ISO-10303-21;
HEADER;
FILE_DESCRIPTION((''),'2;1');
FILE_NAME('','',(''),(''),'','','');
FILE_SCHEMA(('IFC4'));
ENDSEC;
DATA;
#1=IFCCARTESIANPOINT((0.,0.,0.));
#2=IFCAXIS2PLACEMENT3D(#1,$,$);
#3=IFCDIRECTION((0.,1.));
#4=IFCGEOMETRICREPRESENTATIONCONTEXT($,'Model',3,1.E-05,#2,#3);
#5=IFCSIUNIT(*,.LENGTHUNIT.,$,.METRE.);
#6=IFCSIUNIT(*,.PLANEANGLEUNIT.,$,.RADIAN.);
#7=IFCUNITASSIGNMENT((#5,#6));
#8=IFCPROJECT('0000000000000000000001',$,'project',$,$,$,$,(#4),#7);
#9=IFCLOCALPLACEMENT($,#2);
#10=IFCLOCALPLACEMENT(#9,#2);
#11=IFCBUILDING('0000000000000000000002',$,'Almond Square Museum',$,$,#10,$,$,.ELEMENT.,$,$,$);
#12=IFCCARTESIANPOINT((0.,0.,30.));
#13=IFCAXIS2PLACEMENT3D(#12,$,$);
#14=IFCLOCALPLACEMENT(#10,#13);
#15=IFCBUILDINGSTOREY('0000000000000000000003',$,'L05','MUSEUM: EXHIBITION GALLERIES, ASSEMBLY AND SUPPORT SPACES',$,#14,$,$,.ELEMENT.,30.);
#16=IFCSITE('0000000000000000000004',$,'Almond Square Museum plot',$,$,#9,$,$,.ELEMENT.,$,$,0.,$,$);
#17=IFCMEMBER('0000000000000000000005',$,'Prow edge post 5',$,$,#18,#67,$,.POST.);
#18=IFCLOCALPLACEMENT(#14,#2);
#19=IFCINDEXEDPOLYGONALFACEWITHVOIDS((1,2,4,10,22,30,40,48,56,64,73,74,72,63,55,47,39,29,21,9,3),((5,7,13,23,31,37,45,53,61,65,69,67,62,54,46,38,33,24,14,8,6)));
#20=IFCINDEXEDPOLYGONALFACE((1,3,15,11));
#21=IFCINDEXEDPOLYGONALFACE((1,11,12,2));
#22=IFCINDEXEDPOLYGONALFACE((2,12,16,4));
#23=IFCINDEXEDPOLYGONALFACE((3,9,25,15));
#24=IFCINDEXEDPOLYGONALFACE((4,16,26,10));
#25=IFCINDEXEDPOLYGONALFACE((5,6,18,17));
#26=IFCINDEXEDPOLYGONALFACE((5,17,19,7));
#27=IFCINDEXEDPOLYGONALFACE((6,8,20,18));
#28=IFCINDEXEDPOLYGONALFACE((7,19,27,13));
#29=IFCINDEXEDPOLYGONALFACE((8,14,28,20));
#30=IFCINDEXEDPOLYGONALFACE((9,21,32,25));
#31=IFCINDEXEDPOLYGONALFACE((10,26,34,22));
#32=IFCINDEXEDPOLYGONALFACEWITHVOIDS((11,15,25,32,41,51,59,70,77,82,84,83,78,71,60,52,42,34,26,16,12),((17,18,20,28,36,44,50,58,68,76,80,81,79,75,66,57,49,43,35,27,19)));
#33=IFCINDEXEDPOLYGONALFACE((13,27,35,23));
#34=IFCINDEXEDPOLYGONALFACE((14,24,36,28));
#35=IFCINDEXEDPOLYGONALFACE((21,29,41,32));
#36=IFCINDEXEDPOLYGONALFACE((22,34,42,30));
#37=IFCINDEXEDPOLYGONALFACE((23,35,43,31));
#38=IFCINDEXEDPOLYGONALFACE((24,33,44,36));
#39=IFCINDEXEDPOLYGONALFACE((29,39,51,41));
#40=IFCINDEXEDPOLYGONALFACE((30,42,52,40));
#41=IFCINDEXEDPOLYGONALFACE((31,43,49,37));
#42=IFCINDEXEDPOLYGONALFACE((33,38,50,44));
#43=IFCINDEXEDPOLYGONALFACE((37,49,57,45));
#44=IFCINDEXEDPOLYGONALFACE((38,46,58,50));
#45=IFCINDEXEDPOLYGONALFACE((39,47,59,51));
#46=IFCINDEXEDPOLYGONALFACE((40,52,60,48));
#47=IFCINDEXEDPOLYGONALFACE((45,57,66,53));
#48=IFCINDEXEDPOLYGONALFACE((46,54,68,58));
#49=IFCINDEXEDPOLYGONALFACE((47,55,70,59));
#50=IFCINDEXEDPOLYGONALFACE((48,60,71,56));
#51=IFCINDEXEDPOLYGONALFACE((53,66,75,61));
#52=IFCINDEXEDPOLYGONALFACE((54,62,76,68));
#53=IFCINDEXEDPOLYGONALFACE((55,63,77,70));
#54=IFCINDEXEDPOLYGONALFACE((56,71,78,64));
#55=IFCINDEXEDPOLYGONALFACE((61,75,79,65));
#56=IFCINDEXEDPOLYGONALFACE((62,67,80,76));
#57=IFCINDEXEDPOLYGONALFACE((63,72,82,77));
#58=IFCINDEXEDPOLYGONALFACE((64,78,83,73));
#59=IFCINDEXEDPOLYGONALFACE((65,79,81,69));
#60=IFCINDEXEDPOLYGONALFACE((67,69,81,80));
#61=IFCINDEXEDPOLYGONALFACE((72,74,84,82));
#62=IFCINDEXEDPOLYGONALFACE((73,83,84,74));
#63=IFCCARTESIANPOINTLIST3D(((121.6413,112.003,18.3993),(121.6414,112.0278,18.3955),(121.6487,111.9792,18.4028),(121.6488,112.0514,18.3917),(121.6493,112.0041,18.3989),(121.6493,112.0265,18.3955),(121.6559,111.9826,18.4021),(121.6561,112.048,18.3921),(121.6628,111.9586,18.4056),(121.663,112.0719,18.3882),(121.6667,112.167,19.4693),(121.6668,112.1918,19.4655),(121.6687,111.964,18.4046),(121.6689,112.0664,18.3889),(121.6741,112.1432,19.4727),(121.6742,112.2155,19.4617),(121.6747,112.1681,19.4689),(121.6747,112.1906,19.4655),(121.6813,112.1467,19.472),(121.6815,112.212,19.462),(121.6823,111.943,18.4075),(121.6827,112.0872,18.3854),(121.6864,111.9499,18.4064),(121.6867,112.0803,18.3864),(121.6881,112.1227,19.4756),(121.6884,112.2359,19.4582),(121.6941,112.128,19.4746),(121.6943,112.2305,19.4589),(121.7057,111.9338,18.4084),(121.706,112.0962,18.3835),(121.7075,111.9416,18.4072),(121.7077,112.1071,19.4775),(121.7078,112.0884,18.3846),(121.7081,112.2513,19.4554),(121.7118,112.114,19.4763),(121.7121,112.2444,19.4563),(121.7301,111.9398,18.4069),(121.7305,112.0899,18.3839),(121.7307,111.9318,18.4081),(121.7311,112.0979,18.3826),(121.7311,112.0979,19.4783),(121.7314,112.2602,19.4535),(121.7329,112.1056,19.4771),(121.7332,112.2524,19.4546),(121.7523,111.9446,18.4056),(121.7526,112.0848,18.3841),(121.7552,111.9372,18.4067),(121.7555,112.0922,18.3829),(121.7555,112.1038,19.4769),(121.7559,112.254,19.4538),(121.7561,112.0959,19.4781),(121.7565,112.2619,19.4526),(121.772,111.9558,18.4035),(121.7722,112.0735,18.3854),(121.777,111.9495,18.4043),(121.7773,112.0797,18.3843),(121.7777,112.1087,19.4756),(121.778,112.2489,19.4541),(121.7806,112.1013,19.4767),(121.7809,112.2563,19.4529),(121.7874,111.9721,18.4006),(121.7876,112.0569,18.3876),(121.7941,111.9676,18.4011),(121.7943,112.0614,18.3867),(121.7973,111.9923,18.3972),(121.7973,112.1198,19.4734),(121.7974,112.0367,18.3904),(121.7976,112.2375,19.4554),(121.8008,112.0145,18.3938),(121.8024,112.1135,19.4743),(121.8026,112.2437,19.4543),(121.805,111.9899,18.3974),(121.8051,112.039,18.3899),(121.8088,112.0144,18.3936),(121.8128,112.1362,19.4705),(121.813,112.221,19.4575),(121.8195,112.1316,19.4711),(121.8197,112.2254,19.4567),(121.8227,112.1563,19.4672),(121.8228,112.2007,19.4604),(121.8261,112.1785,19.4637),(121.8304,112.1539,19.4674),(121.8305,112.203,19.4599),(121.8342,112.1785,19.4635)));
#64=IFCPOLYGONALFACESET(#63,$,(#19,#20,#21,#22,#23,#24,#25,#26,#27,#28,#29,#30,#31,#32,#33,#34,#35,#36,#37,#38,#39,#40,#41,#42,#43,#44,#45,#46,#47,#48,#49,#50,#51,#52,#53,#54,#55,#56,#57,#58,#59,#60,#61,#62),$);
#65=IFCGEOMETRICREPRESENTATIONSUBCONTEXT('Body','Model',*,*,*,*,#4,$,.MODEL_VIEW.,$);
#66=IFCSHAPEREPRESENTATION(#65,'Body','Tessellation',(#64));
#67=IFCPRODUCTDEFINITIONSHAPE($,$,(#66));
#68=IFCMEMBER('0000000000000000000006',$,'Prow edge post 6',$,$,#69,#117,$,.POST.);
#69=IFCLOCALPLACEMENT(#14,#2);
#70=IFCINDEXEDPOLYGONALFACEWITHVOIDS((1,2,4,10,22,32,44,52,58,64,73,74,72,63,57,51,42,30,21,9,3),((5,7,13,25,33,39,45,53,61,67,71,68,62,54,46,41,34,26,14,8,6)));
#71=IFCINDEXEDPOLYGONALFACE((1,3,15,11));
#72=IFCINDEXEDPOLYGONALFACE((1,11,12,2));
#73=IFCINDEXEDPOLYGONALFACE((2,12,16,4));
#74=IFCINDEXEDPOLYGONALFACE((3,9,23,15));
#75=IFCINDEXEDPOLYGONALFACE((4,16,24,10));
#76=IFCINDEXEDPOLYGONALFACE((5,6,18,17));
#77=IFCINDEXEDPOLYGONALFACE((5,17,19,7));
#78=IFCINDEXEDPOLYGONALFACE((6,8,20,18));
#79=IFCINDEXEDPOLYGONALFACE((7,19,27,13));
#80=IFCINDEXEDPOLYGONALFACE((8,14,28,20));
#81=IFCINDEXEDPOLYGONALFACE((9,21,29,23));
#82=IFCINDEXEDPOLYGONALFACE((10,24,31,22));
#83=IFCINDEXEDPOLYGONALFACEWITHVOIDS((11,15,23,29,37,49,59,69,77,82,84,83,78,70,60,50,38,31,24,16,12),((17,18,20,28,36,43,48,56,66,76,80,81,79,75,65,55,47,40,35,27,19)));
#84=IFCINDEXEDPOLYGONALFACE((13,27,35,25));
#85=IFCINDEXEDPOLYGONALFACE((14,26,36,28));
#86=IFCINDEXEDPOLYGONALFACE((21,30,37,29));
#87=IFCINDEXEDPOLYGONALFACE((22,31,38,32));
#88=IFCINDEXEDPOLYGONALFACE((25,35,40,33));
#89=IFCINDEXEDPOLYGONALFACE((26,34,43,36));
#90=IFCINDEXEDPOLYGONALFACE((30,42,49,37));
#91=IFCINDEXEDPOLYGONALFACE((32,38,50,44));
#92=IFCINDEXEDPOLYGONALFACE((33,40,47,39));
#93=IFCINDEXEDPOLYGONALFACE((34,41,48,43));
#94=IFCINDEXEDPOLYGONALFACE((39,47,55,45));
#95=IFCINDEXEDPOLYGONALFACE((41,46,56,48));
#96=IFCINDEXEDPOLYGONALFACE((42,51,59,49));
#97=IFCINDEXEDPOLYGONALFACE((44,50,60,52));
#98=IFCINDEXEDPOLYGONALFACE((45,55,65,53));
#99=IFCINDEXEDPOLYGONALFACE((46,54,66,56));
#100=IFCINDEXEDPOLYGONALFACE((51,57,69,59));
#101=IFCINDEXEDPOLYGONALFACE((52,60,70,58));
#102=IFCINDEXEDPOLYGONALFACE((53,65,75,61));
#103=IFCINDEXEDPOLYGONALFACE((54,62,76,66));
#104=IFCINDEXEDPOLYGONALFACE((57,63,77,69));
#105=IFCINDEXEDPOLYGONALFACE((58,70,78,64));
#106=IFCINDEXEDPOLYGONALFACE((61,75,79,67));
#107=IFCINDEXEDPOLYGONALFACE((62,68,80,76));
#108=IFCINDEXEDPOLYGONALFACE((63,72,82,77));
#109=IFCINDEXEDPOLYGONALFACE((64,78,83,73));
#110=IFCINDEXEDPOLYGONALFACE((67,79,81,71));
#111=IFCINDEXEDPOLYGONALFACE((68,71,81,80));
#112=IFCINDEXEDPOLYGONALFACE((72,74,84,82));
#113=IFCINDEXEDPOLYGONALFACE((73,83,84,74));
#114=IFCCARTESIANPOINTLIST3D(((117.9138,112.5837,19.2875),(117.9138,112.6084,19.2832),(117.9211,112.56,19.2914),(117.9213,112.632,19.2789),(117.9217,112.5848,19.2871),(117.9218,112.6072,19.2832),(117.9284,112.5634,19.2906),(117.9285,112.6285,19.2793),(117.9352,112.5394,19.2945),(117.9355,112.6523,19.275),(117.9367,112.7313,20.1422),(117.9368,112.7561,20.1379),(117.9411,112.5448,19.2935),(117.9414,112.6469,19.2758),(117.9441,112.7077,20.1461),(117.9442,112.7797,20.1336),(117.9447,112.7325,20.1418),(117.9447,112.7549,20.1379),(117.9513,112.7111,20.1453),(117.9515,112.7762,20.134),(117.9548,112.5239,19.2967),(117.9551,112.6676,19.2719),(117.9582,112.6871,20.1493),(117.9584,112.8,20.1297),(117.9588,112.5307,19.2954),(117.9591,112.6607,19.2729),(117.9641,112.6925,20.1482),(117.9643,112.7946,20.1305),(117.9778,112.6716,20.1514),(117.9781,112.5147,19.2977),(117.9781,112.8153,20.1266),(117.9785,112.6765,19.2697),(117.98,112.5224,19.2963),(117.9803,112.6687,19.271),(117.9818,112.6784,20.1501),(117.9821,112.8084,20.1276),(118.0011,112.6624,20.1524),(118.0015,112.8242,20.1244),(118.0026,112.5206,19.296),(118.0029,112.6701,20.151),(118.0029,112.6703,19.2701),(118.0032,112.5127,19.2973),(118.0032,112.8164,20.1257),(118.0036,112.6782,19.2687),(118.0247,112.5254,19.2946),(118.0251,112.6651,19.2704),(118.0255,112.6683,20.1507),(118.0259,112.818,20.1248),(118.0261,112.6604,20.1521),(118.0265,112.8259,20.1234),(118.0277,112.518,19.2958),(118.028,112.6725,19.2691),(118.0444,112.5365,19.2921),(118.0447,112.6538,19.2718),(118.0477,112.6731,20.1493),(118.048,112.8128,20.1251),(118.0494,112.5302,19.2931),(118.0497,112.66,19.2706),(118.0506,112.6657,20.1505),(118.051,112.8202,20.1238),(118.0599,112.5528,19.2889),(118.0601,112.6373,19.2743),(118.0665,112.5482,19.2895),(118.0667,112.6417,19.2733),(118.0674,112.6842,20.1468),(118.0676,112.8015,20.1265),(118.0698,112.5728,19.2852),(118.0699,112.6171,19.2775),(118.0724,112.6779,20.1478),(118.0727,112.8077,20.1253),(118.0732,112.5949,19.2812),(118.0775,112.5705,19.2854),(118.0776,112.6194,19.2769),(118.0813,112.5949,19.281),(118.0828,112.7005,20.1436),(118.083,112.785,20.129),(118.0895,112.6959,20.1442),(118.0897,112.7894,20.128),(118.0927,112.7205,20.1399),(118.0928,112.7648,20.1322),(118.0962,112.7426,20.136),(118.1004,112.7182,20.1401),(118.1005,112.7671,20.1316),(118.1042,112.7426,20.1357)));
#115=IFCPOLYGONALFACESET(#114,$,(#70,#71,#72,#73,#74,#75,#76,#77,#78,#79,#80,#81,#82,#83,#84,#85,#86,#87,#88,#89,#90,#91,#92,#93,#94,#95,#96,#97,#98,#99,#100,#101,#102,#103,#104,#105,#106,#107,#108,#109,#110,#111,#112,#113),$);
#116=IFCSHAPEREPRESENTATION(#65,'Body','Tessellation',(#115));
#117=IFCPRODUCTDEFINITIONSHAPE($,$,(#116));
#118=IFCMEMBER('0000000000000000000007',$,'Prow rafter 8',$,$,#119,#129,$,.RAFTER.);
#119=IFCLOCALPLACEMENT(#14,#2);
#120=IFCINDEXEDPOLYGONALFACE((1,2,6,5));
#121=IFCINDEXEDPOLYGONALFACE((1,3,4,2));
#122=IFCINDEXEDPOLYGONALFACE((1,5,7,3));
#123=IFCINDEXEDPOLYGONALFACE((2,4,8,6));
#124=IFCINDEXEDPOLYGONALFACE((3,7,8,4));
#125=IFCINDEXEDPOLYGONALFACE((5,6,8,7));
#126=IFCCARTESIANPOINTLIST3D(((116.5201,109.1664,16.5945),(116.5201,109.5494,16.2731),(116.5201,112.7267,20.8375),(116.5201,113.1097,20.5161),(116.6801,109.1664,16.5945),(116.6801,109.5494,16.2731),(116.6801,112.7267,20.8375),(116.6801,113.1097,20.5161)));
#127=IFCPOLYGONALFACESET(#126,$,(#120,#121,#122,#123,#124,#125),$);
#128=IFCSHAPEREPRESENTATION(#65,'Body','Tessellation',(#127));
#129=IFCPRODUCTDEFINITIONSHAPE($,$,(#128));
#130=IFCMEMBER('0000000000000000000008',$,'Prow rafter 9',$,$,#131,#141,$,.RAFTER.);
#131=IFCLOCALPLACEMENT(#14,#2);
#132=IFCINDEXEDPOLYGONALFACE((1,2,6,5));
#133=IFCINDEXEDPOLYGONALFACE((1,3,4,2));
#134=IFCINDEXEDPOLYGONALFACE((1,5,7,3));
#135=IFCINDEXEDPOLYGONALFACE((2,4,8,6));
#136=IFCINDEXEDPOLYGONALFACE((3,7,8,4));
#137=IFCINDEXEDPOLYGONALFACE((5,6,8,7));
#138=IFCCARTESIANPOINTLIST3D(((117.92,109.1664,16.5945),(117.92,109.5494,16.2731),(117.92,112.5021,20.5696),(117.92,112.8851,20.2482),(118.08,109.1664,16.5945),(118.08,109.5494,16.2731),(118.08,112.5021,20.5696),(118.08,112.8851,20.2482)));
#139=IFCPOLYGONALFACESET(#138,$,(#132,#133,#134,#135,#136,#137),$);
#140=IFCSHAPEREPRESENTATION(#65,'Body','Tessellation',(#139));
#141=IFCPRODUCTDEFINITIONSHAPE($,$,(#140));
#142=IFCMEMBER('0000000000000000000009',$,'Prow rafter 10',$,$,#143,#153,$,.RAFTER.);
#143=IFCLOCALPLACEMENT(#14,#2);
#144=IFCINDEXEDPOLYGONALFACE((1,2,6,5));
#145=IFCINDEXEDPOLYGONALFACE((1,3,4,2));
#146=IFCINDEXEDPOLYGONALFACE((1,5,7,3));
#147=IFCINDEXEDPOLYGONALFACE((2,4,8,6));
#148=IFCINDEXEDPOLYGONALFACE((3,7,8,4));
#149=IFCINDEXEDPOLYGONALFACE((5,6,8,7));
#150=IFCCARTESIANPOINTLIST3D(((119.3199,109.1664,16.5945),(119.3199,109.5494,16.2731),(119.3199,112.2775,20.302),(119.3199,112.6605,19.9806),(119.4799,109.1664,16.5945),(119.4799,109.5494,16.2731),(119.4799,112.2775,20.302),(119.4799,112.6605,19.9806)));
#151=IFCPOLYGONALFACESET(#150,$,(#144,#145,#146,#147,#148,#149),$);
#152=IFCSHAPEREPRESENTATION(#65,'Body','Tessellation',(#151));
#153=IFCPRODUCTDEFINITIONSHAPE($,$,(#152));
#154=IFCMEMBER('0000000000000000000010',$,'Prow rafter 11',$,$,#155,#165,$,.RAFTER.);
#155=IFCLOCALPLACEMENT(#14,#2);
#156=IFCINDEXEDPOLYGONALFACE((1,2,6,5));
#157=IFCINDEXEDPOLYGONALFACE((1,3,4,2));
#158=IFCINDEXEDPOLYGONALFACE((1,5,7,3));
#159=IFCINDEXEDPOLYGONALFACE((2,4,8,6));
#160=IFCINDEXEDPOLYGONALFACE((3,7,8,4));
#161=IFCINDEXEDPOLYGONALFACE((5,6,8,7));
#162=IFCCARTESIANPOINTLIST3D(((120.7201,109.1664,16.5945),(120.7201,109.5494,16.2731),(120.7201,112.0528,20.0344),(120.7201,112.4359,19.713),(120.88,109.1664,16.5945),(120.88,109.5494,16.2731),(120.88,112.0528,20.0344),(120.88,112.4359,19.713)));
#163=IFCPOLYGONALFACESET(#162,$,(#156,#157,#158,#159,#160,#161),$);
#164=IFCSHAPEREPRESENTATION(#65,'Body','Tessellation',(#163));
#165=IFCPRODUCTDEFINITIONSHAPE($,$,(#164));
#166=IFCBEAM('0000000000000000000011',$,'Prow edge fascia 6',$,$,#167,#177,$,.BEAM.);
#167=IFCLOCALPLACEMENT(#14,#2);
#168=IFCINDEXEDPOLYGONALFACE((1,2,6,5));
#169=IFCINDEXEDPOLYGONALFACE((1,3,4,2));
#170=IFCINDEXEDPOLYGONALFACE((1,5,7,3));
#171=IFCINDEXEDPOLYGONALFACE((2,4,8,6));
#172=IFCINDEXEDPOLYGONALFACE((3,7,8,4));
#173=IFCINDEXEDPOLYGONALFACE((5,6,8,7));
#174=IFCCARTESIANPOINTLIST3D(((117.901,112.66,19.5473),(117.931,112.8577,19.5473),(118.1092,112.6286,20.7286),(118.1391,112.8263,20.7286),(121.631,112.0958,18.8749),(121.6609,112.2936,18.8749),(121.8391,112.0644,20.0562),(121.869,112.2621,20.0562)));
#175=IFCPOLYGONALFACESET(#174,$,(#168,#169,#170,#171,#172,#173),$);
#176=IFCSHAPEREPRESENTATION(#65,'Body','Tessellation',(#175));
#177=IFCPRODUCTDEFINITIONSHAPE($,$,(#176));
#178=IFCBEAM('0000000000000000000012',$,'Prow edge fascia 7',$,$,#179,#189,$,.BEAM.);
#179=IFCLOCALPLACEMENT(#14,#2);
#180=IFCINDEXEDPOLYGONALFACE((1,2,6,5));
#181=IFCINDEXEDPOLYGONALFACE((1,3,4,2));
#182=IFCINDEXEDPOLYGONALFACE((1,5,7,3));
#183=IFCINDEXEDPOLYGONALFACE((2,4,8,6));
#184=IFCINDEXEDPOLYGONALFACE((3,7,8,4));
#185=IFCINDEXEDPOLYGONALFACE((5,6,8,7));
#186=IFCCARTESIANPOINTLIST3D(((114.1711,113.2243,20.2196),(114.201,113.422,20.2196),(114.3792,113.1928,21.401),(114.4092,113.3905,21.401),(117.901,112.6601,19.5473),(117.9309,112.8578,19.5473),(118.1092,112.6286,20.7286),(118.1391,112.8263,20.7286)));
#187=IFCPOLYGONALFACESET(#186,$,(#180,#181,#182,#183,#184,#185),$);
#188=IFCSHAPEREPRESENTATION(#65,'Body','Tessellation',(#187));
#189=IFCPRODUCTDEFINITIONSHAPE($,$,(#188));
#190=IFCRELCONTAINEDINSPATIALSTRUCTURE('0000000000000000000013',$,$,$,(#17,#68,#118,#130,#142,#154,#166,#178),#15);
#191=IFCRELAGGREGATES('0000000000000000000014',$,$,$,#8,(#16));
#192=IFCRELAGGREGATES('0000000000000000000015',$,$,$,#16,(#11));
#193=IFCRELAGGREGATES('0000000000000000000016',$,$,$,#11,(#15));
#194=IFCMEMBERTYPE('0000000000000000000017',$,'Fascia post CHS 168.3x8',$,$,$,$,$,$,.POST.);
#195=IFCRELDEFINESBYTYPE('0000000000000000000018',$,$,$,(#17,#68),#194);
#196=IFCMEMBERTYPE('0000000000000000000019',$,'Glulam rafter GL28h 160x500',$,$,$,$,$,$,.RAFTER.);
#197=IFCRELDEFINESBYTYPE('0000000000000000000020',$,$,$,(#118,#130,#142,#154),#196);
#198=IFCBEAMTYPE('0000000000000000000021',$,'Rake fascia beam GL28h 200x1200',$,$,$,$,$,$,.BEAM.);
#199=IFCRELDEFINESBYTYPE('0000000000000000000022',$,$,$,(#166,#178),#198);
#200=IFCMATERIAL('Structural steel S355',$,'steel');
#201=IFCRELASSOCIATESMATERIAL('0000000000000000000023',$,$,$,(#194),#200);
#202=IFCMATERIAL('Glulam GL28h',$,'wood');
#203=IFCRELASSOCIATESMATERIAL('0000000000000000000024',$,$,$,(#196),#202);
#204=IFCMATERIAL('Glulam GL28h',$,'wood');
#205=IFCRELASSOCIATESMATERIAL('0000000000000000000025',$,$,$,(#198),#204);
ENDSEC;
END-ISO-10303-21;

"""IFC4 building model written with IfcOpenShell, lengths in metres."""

from ifc_helpers import new_model, si_unit, direction, frame, origin, origin_2d, place, context, subcontext, project, spatial, rectangle, hollow_circle, extrude, material, material_profile, profile_set, type_object, element, save


model = new_model("IFC4")

# Units and contexts
model_context = context("Model", 3, precision=1e-05, world=origin(), true_north=direction((0.0, 1.0)))
body_context = subcontext(model_context, "Body", "Model", "MODEL_VIEW")
ifc_project = project(units=[si_unit("LENGTHUNIT", "METRE"), si_unit("PLANEANGLEUNIT", "RADIAN")], contexts=[model_context])

# Site, building, storey
site_placement = place(None, origin())
site = spatial("IfcSite", under=ifc_project, at=site_placement, Name="Almond Square Museum plot", CompositionType="ELEMENT", RefElevation=0.0)
building_placement = place(site_placement, origin())
building = spatial("IfcBuilding", under=site, at=building_placement, Name="Almond Square Museum", CompositionType="ELEMENT")
storey_placement = place(building_placement, frame((0.0, 0.0, 30.0)))
storey = spatial("IfcBuildingStorey", under=building, at=storey_placement, Name="L05", Description="MUSEUM: EXHIBITION GALLERIES, ASSEMBLY AND SUPPORT SPACES", CompositionType="ELEMENT", Elevation=30.0)

# Members
ifc_material_1 = material(Name="Structural steel S355", Category="steel")
ifc_material_profile_1 = material_profile(ifc_material_1, hollow_circle(Radius=0.0842, WallThickness=0.0081, at=origin_2d()))
ifc_profile_set_1 = profile_set([ifc_material_profile_1], Name="Structural steel S355")
member_type_1 = type_object("IfcMemberType", Name="Fascia post CHS 168.3x8", PredefinedType="POST", material=ifc_profile_set_1)
member_1_placement = place(storey_placement, frame((121.7246, 112.0149, 18.3955), z_axis=(0.023448, 0.151507, 0.988178), x_axis=(-0.988235, 0.152941, 0.0)))
element("IfcMember", 1, at=member_1_placement, inside=storey, type_object=member_type_1, Name="Prow edge post 5", PredefinedType="POST", context=body_context, shape_type="SweptSolid", body=[
    extrude(hollow_circle(Radius=0.0842, WallThickness=0.0081, at=origin_2d()), origin(), (0.0, 0.0, 1.0), 1.0828),
])
member_2_placement = place(storey_placement, frame((117.9971, 112.5955, 19.2832), z_axis=(0.026448, 0.170224, 0.98505), x_axis=(-0.988144, 0.15353, 0.0)))
element("IfcMember", 2, at=member_2_placement, inside=storey, type_object=member_type_1, Name="Prow edge post 6", PredefinedType="POST", context=body_context, shape_type="SweptSolid", body=[
    extrude(hollow_circle(Radius=0.0842, WallThickness=0.0081, at=origin_2d()), origin(), (0.0, 0.0, 1.0), 0.8677),
])
ifc_material_2 = material(Name="Glulam GL28h", Category="wood")
ifc_material_profile_2 = material_profile(ifc_material_2, rectangle(XDim=0.1599, YDim=0.5, at=origin_2d()))
ifc_profile_set_2 = profile_set([ifc_material_profile_2], Name="Glulam GL28h")
member_type_2 = type_object("IfcMemberType", Name="Glulam rafter GL28h 160x500", PredefinedType="RAFTER", material=ifc_profile_set_2)
member_3_placement = place(storey_placement, frame((116.6001, 109.3579, 16.4338), z_axis=(0.0, 0.642795, 0.766038), x_axis=(-1.0, 0.0, 0.0)))
element("IfcMember", 3, at=member_3_placement, inside=storey, type_object=member_type_2, Name="Prow rafter 8", PredefinedType="RAFTER", context=body_context, shape_type="SweptSolid", body=[
    extrude(rectangle(XDim=0.1599, YDim=0.5, at=origin_2d()), origin(), (0.0, 0.0, 1.0), 5.5388),
])
member_4_placement = place(storey_placement, frame((118.0, 109.3579, 16.4338), z_axis=(0.0, 0.642809, 0.766026), x_axis=(-1.0, 0.0, 0.0)))
element("IfcMember", 4, at=member_4_placement, inside=storey, type_object=member_type_2, Name="Prow rafter 9", PredefinedType="RAFTER", context=body_context, shape_type="SweptSolid", body=[
    extrude(rectangle(XDim=0.1599, YDim=0.5, at=origin_2d()), origin(), (0.0, 0.0, 1.0), 5.1892),
])
member_5_placement = place(storey_placement, frame((119.3999, 109.3579, 16.4338), z_axis=(0.0, 0.6428, 0.766034), x_axis=(-1.0, 0.0, 0.0)))
element("IfcMember", 5, at=member_5_placement, inside=storey, type_object=member_type_2, Name="Prow rafter 10", PredefinedType="RAFTER", context=body_context, shape_type="SweptSolid", body=[
    extrude(rectangle(XDim=0.1599, YDim=0.5, at=origin_2d()), origin(), (0.0, 0.0, 1.0), 4.8398),
])
member_6_placement = place(storey_placement, frame((120.8, 109.3579, 16.4338), z_axis=(0.0, 0.64279, 0.766042), x_axis=(-1.0, 0.0, 0.0)))
element("IfcMember", 6, at=member_6_placement, inside=storey, type_object=member_type_2, Name="Prow rafter 11", PredefinedType="RAFTER", context=body_context, shape_type="SweptSolid", body=[
    extrude(rectangle(XDim=0.1599, YDim=0.5, at=origin_2d()), origin(), (0.0, 0.0, 1.0), 4.4905),
])

# Beams
ifc_material_3 = material(Name="Glulam GL28h", Category="wood")
ifc_material_profile_3 = material_profile(ifc_material_3, rectangle(XDim=0.2, YDim=1.2, at=origin_2d()))
ifc_profile_set_3 = profile_set([ifc_material_profile_3], Name="Glulam GL28h")
beam_type = type_object("IfcBeamType", Name="Rake fascia beam GL28h 200x1200", PredefinedType="BEAM", material=ifc_profile_set_3)
for number, where, z_axis, x_axis, name in (
    (7, (121.75, 112.179, 19.4656), (-0.973412, 0.147242, 0.175467), (-0.149562, -0.988752, 0.0), "Prow edge fascia 6"),
    (8, (118.02, 112.7432, 20.1379), (-0.973412, 0.147242, 0.175467), (-0.149562, -0.988752, 0.0), "Prow edge fascia 7"),
):
    element("IfcBeam", number, at=place(storey_placement, frame(where, z_axis=z_axis, x_axis=x_axis)), inside=storey, type_object=beam_type, Name=name, PredefinedType="BEAM", context=body_context, shape_type="SweptSolid", body=[
        extrude(rectangle(XDim=0.2, YDim=1.2, at=origin_2d()), origin(), (0.0, 0.0, 1.0), 3.8318),
    ])

save(model, "model.ifc")
